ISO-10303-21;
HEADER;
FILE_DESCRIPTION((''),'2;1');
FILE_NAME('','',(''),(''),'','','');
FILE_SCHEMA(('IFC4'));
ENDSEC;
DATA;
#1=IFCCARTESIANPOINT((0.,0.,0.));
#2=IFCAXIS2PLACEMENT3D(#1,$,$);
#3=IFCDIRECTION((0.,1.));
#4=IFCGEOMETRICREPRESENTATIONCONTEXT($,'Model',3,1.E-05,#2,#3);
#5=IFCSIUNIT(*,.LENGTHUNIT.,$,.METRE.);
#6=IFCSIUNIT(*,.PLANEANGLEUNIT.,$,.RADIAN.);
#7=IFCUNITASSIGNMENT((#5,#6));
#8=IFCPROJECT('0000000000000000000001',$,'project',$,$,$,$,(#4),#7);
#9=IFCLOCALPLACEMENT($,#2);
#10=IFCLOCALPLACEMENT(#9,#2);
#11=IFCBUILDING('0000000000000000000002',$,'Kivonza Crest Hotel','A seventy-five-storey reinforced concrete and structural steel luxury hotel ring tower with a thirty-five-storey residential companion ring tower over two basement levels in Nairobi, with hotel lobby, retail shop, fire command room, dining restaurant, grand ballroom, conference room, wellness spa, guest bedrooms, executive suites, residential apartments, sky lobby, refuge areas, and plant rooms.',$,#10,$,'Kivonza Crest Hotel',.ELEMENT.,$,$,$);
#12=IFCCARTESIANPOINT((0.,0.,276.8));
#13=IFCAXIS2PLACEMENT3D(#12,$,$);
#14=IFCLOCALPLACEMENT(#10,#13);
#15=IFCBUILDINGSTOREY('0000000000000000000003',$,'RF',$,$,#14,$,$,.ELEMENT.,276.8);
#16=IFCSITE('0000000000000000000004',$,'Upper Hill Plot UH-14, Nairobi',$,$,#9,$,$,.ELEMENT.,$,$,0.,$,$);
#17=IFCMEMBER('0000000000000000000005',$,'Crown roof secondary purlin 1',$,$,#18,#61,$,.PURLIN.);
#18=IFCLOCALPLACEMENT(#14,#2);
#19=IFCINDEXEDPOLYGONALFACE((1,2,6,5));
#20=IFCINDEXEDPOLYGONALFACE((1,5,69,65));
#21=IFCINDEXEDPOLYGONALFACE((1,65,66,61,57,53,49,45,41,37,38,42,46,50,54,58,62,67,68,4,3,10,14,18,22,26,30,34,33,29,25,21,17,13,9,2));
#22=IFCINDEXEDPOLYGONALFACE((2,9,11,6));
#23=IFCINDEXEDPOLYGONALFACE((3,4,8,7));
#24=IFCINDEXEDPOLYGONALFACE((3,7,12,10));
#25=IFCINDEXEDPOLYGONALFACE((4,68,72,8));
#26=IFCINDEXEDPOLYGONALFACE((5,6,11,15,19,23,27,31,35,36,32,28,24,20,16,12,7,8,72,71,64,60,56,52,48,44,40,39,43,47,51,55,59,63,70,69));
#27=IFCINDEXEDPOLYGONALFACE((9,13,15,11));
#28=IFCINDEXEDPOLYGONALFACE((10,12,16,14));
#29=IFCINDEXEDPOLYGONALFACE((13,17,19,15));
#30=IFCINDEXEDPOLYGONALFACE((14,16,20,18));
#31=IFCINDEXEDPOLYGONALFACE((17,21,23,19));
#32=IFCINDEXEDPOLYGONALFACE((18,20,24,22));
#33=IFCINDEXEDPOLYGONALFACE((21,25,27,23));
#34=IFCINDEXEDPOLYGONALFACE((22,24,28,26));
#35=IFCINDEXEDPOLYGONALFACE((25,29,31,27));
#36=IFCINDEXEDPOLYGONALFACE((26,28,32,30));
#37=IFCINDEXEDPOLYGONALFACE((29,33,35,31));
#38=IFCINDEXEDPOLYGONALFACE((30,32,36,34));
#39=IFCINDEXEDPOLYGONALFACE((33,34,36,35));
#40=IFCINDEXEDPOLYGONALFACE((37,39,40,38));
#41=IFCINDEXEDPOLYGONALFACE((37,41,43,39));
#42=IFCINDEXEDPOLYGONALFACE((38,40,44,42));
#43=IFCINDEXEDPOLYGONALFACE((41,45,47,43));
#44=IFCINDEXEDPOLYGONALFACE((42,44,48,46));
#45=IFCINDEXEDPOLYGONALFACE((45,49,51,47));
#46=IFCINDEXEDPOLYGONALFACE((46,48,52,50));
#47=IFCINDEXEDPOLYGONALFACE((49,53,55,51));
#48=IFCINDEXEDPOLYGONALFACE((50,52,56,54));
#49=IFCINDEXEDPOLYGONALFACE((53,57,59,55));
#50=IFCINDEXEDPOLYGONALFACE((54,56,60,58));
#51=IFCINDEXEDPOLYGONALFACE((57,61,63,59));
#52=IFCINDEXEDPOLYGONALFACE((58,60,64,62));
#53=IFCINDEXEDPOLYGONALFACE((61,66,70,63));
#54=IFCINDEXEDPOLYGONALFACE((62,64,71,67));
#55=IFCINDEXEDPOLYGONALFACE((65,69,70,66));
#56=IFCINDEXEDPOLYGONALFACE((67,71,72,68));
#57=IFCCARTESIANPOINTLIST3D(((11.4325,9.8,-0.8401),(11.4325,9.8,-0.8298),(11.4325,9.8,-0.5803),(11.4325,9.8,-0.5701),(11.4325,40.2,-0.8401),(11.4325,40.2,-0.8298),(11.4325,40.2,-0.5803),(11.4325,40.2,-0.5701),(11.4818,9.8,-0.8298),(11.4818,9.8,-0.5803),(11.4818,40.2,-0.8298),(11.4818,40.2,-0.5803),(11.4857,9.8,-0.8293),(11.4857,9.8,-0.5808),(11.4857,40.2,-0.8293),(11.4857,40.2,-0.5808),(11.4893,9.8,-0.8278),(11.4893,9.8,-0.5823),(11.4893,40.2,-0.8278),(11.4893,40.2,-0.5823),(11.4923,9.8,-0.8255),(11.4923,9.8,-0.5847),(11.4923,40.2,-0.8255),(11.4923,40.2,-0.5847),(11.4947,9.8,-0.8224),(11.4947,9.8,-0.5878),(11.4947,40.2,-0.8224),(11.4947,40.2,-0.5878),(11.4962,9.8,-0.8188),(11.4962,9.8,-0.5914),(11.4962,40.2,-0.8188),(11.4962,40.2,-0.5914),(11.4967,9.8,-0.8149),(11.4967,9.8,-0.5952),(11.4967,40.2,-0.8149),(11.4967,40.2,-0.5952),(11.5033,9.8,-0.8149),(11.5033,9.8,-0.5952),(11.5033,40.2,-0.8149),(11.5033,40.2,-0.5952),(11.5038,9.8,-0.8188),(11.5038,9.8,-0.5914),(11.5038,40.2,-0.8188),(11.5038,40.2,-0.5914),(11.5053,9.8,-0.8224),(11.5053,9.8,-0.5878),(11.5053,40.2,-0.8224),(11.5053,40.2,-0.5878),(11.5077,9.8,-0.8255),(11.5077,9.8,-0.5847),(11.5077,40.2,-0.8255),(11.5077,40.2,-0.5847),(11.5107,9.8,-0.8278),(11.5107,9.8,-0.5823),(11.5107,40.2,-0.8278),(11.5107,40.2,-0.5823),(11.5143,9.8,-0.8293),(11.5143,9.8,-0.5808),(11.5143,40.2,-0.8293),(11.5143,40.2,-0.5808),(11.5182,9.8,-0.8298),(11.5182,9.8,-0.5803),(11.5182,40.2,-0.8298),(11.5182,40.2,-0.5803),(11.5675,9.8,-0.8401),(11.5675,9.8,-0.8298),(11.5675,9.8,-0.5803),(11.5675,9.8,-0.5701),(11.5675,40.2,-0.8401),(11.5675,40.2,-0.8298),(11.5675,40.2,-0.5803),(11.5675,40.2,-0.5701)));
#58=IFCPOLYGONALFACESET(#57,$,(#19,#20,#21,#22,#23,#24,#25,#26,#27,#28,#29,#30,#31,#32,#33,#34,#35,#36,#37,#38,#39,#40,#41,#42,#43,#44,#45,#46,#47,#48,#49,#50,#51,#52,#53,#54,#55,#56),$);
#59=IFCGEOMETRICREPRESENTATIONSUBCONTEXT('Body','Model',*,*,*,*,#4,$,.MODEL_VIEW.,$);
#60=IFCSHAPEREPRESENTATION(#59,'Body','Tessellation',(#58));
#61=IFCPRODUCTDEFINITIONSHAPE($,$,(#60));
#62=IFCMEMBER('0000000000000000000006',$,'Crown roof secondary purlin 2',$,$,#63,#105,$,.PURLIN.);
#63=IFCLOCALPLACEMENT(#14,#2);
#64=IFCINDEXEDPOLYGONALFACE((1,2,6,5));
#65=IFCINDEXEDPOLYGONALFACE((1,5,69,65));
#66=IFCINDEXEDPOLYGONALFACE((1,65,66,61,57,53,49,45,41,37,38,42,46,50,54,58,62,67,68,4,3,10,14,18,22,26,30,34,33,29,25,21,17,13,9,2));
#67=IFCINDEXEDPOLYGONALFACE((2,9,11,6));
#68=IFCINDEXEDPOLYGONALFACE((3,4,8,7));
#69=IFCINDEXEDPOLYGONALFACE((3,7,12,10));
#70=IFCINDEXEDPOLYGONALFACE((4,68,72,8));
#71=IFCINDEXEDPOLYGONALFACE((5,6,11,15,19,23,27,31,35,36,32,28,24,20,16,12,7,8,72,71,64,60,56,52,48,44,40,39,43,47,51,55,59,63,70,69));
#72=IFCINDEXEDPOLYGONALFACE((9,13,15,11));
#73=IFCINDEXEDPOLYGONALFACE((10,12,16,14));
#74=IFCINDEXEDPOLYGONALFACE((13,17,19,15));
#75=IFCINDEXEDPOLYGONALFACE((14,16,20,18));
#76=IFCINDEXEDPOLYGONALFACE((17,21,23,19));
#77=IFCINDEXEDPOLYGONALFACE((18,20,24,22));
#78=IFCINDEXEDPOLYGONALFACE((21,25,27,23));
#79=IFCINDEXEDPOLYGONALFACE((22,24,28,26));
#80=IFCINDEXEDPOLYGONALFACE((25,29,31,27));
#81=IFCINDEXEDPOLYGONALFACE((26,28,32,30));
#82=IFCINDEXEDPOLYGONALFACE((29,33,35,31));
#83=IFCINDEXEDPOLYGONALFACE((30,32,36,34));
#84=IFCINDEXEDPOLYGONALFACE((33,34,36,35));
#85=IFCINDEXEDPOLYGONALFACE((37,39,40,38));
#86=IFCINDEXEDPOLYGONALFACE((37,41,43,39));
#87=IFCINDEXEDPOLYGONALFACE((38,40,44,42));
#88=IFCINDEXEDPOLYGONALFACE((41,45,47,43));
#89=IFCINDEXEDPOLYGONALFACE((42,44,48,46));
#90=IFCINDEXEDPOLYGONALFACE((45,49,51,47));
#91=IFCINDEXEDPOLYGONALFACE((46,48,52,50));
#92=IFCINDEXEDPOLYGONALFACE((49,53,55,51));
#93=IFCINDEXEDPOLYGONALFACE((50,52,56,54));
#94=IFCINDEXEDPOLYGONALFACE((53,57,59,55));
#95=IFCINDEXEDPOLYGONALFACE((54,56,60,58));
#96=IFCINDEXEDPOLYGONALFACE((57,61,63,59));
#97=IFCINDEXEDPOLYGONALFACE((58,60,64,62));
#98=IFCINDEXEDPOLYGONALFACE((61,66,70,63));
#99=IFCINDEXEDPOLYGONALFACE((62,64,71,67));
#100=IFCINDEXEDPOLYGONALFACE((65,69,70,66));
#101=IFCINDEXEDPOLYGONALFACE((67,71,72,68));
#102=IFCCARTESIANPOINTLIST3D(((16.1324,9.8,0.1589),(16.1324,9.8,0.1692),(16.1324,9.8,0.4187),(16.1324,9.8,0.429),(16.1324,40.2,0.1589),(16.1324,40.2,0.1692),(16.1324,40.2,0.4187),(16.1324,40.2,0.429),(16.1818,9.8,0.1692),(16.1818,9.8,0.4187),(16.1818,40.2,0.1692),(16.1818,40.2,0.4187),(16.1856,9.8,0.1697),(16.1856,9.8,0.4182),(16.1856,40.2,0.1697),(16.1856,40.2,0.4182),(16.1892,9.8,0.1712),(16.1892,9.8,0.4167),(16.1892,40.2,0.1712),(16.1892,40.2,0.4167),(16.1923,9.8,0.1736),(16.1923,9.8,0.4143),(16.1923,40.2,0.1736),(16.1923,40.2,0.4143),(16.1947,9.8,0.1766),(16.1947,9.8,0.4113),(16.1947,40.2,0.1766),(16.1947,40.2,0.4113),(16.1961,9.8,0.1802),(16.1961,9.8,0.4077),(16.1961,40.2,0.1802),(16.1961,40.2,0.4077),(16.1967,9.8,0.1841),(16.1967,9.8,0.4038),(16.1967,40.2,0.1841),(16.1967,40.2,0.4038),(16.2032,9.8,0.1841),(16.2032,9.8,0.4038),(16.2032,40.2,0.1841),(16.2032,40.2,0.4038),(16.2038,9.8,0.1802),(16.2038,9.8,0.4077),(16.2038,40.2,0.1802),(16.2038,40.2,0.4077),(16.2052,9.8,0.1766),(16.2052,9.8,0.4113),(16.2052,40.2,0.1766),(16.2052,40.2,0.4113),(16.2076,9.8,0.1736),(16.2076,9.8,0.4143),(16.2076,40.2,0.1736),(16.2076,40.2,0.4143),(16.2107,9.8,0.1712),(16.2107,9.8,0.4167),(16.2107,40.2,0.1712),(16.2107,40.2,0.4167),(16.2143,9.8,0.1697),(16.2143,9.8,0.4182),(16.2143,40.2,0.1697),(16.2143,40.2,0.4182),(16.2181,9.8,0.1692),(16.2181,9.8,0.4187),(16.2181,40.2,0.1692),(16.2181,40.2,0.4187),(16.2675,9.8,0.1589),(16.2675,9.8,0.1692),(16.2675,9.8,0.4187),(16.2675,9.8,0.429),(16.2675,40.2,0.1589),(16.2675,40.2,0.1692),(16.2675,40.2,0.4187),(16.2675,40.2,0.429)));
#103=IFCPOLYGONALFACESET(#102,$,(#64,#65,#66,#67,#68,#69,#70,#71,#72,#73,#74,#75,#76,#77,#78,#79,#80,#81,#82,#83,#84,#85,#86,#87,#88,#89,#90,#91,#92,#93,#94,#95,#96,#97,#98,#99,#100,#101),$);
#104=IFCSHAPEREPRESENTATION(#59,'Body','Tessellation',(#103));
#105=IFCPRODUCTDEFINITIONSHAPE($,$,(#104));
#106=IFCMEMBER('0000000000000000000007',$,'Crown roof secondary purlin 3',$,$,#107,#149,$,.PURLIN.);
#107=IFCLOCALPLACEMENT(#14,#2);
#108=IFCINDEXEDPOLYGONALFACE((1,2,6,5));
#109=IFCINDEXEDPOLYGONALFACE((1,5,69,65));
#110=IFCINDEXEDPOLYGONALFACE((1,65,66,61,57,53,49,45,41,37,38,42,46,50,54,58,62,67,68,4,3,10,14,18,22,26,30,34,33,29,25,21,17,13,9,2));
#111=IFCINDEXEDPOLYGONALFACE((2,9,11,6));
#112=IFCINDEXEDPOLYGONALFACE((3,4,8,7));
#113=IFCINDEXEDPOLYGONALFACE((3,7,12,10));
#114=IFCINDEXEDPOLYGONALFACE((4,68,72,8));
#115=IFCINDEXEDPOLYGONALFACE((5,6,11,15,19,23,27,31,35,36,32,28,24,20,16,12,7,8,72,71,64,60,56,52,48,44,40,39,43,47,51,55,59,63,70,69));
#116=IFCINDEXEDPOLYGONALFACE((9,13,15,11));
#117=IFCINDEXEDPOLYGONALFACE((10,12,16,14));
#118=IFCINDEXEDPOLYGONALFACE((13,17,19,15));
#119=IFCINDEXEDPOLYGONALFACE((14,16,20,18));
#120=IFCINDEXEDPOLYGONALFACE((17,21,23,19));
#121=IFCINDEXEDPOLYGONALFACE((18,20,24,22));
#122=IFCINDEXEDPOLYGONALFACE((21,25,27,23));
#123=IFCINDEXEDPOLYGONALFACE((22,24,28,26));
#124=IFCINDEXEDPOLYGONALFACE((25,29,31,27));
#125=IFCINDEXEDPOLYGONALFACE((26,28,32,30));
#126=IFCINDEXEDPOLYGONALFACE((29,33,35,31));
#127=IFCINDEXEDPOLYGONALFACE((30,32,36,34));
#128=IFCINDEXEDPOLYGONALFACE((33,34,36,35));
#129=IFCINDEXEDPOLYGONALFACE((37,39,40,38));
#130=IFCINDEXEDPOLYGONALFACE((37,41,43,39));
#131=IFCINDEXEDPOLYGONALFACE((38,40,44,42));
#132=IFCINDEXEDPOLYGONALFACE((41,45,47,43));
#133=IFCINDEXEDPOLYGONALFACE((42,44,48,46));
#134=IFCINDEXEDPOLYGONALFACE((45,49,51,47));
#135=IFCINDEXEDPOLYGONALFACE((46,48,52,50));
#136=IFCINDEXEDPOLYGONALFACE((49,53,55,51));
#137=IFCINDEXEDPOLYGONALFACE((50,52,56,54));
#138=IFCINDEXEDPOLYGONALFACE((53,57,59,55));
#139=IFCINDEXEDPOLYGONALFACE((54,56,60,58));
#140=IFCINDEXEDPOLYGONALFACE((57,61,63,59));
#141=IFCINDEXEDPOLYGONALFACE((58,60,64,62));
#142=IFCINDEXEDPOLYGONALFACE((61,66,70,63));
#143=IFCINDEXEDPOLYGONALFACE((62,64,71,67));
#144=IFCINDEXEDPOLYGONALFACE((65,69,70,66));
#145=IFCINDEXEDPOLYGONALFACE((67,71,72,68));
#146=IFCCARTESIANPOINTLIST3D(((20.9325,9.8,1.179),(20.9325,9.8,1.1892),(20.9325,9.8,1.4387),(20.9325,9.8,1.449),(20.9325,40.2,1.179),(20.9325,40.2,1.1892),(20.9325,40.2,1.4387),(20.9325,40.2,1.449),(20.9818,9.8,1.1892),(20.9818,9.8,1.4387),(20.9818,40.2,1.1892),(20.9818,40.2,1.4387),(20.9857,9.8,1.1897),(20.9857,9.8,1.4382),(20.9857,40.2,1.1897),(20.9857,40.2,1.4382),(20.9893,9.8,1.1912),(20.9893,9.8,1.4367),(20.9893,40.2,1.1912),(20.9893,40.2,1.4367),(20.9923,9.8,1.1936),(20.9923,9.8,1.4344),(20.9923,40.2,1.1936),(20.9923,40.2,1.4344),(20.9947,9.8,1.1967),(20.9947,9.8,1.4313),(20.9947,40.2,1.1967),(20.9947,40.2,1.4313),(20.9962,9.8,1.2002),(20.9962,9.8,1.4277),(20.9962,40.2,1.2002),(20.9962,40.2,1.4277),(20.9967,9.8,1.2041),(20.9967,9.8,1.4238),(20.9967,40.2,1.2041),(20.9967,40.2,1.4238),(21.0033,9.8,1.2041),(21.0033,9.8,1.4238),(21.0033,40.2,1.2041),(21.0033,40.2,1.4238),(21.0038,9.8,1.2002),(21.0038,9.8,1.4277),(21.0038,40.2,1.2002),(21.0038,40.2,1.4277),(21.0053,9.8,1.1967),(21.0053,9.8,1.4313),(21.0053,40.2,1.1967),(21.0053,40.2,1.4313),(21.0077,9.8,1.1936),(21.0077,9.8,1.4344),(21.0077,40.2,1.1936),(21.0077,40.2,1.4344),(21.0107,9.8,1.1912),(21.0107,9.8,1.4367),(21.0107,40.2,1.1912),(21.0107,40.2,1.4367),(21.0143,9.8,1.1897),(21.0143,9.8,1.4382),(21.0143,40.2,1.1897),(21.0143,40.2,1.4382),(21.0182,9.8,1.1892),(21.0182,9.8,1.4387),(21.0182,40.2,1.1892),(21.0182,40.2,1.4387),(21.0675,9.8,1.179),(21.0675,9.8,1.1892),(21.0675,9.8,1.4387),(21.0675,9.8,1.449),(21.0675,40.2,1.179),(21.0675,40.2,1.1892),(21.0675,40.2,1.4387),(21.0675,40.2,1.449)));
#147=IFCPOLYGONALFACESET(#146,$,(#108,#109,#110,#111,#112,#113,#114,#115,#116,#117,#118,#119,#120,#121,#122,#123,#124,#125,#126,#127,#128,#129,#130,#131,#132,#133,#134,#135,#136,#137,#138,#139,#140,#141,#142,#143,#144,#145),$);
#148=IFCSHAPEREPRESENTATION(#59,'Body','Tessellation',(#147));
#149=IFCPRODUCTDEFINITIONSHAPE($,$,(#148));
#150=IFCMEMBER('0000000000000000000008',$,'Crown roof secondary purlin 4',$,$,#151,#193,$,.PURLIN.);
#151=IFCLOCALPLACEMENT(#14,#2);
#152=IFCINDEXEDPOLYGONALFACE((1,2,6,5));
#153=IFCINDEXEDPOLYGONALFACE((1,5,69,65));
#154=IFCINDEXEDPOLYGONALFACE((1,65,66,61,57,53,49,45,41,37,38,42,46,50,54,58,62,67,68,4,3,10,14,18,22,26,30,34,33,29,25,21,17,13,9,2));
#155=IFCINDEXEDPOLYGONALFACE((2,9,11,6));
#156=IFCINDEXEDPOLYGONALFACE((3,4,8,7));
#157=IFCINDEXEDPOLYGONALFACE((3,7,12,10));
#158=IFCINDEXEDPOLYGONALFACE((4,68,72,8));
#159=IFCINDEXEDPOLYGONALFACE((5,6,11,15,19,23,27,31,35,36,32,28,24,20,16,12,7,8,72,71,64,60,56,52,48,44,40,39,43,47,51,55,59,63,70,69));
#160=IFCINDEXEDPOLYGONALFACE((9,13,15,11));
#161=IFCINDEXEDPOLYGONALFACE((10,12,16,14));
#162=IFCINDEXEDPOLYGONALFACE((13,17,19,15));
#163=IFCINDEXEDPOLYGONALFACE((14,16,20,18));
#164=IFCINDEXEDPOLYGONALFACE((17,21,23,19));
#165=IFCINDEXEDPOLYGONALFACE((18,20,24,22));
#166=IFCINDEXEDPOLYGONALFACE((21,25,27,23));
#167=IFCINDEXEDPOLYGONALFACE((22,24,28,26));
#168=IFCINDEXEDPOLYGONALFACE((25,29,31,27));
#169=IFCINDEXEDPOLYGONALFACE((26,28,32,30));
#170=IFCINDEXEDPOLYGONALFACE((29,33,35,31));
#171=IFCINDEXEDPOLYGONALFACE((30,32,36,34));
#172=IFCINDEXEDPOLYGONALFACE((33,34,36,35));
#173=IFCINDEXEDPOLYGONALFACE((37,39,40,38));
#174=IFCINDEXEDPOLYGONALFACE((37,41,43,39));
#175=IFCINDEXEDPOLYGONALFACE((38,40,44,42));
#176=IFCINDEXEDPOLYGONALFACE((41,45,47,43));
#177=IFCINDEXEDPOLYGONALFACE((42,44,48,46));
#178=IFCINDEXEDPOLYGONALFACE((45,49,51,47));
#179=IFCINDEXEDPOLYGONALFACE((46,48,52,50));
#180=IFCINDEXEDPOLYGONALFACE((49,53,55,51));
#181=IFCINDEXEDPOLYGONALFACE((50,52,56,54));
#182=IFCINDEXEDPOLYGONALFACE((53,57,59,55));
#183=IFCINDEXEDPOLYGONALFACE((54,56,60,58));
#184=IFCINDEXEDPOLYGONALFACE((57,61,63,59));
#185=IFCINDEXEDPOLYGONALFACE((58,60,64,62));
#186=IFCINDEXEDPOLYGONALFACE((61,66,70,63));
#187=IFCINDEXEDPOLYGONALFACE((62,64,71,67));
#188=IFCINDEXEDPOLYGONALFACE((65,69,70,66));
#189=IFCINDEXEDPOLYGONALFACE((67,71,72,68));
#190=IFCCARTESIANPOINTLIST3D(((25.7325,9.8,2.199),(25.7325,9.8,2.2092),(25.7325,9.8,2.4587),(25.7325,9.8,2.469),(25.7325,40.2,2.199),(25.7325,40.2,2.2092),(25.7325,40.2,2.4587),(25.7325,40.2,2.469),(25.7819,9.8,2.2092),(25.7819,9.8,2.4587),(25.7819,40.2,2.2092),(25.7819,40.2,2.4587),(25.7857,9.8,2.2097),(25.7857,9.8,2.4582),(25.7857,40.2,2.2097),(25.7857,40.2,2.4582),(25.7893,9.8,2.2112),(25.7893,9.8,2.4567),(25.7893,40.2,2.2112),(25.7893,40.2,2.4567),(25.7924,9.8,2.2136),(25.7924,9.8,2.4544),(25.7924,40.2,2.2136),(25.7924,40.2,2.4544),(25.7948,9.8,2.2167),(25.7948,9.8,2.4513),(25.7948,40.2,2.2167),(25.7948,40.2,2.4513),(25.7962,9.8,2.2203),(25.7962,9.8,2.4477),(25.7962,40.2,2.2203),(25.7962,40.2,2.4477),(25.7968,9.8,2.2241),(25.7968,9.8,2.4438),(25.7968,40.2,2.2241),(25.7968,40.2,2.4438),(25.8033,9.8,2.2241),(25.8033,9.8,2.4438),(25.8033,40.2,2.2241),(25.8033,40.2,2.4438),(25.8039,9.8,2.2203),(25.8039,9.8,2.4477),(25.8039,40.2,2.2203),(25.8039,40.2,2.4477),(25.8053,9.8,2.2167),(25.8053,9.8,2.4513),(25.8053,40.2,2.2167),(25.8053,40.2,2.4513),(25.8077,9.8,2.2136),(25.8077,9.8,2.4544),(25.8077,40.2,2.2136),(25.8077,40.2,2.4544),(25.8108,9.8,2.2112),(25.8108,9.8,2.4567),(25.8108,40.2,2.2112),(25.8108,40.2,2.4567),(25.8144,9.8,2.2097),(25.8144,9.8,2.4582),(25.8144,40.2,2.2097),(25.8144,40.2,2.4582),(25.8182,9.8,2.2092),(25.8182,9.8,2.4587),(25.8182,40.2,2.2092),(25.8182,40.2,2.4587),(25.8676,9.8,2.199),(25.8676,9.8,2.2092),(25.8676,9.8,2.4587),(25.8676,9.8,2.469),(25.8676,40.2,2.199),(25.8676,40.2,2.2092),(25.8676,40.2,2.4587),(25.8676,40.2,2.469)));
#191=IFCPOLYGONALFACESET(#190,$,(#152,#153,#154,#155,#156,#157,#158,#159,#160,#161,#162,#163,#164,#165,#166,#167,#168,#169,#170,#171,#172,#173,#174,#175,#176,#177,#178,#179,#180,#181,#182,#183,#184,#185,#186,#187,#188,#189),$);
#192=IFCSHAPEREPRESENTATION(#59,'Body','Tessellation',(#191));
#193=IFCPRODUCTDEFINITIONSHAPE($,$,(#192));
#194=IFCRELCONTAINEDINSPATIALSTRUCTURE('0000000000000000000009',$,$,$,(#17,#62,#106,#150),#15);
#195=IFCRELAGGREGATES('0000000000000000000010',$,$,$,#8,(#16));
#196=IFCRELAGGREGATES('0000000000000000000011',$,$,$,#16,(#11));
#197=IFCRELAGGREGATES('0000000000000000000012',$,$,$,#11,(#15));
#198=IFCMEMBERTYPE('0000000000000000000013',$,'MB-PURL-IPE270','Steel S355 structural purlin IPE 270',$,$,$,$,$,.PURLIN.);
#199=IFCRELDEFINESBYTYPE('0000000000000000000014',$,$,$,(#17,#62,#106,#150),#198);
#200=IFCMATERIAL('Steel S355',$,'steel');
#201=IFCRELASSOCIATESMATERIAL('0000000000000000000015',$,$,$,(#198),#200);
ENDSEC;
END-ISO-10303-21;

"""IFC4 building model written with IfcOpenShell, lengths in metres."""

from ifc_helpers import new_model, si_unit, direction, frame, origin, origin_2d, place, context, subcontext, project, spatial, i_section, extrude, material, material_profile, profile_set, type_object, element, save


model = new_model("IFC4")

# Units and contexts
model_context = context("Model", 3, precision=1e-05, world=origin(), true_north=direction((0.0, 1.0)))
body_context = subcontext(model_context, "Body", "Model", "MODEL_VIEW")
ifc_project = project(units=[si_unit("LENGTHUNIT", "METRE"), si_unit("PLANEANGLEUNIT", "RADIAN")], contexts=[model_context])

# Site, building, storey
site_placement = place(None, origin())
site = spatial("IfcSite", under=ifc_project, at=site_placement, Name="Upper Hill Plot UH-14, Nairobi", CompositionType="ELEMENT", RefElevation=0.0)
building_placement = place(site_placement, origin())
building = spatial("IfcBuilding", under=site, at=building_placement, Name="Kivonza Crest Hotel", Description="A seventy-five-storey reinforced concrete and structural steel luxury hotel ring tower with a thirty-five-storey residential companion ring tower over two basement levels in Nairobi, with hotel lobby, retail shop, fire command room, dining restaurant, grand ballroom, conference room, wellness spa, guest bedrooms, executive suites, residential apartments, sky lobby, refuge areas, and plant rooms.", LongName="Kivonza Crest Hotel", CompositionType="ELEMENT")
storey_placement = place(building_placement, frame((0.0, 0.0, 276.8)))
storey = spatial("IfcBuildingStorey", under=building, at=storey_placement, Name="RF", CompositionType="ELEMENT", Elevation=276.8)

# Shared definitions
ifc_material_1 = material(Name="Steel S355", Category="steel")

# Members
ifc_material_profile_1 = material_profile(ifc_material_1, i_section(OverallWidth=0.135, OverallDepth=0.27, WebThickness=0.0066, FlangeThickness=0.0103, FilletRadius=0.0149, at=origin_2d()), Name="IPE 270")
ifc_profile_set_1 = profile_set([ifc_material_profile_1], Name="Steel S355")
member_type_1 = type_object("IfcMemberType", Name="MB-PURL-IPE270", Description="Steel S355 structural purlin IPE 270", PredefinedType="PURLIN", material=ifc_profile_set_1)
for number, where, z_axis, x_axis, name in (
    (1, (11.5, 9.8, -0.7051), (0.0, 1.0, 0.0), (-1.0, 0.0, 0.0), "Crown roof secondary purlin 1"),
    (2, (16.2, 9.8, 0.2939), (0.0, 1.0, 0.0), (-1.0, 0.0, 0.0), "Crown roof secondary purlin 2"),
    (3, (21.0, 9.8, 1.314), (0.0, 1.0, 0.0), (-1.0, 0.0, 0.0), "Crown roof secondary purlin 3"),
    (4, (25.8, 9.8, 2.334), (0.0, 1.0, 0.0), (-1.0, 0.0, 0.0), "Crown roof secondary purlin 4"),
):
    element("IfcMember", number, at=place(storey_placement, frame(where, z_axis=z_axis, x_axis=x_axis)), inside=storey, type_object=member_type_1, Name=name, PredefinedType="PURLIN", context=body_context, shape_type="SweptSolid", body=[
        extrude(i_section(OverallWidth=0.135, OverallDepth=0.27, WebThickness=0.0066, FlangeThickness=0.0103, FilletRadius=0.0149, at=origin_2d()), origin(), (0.0, 0.0, 1.0), 30.3999),
    ])

save(model, "model.ifc")
